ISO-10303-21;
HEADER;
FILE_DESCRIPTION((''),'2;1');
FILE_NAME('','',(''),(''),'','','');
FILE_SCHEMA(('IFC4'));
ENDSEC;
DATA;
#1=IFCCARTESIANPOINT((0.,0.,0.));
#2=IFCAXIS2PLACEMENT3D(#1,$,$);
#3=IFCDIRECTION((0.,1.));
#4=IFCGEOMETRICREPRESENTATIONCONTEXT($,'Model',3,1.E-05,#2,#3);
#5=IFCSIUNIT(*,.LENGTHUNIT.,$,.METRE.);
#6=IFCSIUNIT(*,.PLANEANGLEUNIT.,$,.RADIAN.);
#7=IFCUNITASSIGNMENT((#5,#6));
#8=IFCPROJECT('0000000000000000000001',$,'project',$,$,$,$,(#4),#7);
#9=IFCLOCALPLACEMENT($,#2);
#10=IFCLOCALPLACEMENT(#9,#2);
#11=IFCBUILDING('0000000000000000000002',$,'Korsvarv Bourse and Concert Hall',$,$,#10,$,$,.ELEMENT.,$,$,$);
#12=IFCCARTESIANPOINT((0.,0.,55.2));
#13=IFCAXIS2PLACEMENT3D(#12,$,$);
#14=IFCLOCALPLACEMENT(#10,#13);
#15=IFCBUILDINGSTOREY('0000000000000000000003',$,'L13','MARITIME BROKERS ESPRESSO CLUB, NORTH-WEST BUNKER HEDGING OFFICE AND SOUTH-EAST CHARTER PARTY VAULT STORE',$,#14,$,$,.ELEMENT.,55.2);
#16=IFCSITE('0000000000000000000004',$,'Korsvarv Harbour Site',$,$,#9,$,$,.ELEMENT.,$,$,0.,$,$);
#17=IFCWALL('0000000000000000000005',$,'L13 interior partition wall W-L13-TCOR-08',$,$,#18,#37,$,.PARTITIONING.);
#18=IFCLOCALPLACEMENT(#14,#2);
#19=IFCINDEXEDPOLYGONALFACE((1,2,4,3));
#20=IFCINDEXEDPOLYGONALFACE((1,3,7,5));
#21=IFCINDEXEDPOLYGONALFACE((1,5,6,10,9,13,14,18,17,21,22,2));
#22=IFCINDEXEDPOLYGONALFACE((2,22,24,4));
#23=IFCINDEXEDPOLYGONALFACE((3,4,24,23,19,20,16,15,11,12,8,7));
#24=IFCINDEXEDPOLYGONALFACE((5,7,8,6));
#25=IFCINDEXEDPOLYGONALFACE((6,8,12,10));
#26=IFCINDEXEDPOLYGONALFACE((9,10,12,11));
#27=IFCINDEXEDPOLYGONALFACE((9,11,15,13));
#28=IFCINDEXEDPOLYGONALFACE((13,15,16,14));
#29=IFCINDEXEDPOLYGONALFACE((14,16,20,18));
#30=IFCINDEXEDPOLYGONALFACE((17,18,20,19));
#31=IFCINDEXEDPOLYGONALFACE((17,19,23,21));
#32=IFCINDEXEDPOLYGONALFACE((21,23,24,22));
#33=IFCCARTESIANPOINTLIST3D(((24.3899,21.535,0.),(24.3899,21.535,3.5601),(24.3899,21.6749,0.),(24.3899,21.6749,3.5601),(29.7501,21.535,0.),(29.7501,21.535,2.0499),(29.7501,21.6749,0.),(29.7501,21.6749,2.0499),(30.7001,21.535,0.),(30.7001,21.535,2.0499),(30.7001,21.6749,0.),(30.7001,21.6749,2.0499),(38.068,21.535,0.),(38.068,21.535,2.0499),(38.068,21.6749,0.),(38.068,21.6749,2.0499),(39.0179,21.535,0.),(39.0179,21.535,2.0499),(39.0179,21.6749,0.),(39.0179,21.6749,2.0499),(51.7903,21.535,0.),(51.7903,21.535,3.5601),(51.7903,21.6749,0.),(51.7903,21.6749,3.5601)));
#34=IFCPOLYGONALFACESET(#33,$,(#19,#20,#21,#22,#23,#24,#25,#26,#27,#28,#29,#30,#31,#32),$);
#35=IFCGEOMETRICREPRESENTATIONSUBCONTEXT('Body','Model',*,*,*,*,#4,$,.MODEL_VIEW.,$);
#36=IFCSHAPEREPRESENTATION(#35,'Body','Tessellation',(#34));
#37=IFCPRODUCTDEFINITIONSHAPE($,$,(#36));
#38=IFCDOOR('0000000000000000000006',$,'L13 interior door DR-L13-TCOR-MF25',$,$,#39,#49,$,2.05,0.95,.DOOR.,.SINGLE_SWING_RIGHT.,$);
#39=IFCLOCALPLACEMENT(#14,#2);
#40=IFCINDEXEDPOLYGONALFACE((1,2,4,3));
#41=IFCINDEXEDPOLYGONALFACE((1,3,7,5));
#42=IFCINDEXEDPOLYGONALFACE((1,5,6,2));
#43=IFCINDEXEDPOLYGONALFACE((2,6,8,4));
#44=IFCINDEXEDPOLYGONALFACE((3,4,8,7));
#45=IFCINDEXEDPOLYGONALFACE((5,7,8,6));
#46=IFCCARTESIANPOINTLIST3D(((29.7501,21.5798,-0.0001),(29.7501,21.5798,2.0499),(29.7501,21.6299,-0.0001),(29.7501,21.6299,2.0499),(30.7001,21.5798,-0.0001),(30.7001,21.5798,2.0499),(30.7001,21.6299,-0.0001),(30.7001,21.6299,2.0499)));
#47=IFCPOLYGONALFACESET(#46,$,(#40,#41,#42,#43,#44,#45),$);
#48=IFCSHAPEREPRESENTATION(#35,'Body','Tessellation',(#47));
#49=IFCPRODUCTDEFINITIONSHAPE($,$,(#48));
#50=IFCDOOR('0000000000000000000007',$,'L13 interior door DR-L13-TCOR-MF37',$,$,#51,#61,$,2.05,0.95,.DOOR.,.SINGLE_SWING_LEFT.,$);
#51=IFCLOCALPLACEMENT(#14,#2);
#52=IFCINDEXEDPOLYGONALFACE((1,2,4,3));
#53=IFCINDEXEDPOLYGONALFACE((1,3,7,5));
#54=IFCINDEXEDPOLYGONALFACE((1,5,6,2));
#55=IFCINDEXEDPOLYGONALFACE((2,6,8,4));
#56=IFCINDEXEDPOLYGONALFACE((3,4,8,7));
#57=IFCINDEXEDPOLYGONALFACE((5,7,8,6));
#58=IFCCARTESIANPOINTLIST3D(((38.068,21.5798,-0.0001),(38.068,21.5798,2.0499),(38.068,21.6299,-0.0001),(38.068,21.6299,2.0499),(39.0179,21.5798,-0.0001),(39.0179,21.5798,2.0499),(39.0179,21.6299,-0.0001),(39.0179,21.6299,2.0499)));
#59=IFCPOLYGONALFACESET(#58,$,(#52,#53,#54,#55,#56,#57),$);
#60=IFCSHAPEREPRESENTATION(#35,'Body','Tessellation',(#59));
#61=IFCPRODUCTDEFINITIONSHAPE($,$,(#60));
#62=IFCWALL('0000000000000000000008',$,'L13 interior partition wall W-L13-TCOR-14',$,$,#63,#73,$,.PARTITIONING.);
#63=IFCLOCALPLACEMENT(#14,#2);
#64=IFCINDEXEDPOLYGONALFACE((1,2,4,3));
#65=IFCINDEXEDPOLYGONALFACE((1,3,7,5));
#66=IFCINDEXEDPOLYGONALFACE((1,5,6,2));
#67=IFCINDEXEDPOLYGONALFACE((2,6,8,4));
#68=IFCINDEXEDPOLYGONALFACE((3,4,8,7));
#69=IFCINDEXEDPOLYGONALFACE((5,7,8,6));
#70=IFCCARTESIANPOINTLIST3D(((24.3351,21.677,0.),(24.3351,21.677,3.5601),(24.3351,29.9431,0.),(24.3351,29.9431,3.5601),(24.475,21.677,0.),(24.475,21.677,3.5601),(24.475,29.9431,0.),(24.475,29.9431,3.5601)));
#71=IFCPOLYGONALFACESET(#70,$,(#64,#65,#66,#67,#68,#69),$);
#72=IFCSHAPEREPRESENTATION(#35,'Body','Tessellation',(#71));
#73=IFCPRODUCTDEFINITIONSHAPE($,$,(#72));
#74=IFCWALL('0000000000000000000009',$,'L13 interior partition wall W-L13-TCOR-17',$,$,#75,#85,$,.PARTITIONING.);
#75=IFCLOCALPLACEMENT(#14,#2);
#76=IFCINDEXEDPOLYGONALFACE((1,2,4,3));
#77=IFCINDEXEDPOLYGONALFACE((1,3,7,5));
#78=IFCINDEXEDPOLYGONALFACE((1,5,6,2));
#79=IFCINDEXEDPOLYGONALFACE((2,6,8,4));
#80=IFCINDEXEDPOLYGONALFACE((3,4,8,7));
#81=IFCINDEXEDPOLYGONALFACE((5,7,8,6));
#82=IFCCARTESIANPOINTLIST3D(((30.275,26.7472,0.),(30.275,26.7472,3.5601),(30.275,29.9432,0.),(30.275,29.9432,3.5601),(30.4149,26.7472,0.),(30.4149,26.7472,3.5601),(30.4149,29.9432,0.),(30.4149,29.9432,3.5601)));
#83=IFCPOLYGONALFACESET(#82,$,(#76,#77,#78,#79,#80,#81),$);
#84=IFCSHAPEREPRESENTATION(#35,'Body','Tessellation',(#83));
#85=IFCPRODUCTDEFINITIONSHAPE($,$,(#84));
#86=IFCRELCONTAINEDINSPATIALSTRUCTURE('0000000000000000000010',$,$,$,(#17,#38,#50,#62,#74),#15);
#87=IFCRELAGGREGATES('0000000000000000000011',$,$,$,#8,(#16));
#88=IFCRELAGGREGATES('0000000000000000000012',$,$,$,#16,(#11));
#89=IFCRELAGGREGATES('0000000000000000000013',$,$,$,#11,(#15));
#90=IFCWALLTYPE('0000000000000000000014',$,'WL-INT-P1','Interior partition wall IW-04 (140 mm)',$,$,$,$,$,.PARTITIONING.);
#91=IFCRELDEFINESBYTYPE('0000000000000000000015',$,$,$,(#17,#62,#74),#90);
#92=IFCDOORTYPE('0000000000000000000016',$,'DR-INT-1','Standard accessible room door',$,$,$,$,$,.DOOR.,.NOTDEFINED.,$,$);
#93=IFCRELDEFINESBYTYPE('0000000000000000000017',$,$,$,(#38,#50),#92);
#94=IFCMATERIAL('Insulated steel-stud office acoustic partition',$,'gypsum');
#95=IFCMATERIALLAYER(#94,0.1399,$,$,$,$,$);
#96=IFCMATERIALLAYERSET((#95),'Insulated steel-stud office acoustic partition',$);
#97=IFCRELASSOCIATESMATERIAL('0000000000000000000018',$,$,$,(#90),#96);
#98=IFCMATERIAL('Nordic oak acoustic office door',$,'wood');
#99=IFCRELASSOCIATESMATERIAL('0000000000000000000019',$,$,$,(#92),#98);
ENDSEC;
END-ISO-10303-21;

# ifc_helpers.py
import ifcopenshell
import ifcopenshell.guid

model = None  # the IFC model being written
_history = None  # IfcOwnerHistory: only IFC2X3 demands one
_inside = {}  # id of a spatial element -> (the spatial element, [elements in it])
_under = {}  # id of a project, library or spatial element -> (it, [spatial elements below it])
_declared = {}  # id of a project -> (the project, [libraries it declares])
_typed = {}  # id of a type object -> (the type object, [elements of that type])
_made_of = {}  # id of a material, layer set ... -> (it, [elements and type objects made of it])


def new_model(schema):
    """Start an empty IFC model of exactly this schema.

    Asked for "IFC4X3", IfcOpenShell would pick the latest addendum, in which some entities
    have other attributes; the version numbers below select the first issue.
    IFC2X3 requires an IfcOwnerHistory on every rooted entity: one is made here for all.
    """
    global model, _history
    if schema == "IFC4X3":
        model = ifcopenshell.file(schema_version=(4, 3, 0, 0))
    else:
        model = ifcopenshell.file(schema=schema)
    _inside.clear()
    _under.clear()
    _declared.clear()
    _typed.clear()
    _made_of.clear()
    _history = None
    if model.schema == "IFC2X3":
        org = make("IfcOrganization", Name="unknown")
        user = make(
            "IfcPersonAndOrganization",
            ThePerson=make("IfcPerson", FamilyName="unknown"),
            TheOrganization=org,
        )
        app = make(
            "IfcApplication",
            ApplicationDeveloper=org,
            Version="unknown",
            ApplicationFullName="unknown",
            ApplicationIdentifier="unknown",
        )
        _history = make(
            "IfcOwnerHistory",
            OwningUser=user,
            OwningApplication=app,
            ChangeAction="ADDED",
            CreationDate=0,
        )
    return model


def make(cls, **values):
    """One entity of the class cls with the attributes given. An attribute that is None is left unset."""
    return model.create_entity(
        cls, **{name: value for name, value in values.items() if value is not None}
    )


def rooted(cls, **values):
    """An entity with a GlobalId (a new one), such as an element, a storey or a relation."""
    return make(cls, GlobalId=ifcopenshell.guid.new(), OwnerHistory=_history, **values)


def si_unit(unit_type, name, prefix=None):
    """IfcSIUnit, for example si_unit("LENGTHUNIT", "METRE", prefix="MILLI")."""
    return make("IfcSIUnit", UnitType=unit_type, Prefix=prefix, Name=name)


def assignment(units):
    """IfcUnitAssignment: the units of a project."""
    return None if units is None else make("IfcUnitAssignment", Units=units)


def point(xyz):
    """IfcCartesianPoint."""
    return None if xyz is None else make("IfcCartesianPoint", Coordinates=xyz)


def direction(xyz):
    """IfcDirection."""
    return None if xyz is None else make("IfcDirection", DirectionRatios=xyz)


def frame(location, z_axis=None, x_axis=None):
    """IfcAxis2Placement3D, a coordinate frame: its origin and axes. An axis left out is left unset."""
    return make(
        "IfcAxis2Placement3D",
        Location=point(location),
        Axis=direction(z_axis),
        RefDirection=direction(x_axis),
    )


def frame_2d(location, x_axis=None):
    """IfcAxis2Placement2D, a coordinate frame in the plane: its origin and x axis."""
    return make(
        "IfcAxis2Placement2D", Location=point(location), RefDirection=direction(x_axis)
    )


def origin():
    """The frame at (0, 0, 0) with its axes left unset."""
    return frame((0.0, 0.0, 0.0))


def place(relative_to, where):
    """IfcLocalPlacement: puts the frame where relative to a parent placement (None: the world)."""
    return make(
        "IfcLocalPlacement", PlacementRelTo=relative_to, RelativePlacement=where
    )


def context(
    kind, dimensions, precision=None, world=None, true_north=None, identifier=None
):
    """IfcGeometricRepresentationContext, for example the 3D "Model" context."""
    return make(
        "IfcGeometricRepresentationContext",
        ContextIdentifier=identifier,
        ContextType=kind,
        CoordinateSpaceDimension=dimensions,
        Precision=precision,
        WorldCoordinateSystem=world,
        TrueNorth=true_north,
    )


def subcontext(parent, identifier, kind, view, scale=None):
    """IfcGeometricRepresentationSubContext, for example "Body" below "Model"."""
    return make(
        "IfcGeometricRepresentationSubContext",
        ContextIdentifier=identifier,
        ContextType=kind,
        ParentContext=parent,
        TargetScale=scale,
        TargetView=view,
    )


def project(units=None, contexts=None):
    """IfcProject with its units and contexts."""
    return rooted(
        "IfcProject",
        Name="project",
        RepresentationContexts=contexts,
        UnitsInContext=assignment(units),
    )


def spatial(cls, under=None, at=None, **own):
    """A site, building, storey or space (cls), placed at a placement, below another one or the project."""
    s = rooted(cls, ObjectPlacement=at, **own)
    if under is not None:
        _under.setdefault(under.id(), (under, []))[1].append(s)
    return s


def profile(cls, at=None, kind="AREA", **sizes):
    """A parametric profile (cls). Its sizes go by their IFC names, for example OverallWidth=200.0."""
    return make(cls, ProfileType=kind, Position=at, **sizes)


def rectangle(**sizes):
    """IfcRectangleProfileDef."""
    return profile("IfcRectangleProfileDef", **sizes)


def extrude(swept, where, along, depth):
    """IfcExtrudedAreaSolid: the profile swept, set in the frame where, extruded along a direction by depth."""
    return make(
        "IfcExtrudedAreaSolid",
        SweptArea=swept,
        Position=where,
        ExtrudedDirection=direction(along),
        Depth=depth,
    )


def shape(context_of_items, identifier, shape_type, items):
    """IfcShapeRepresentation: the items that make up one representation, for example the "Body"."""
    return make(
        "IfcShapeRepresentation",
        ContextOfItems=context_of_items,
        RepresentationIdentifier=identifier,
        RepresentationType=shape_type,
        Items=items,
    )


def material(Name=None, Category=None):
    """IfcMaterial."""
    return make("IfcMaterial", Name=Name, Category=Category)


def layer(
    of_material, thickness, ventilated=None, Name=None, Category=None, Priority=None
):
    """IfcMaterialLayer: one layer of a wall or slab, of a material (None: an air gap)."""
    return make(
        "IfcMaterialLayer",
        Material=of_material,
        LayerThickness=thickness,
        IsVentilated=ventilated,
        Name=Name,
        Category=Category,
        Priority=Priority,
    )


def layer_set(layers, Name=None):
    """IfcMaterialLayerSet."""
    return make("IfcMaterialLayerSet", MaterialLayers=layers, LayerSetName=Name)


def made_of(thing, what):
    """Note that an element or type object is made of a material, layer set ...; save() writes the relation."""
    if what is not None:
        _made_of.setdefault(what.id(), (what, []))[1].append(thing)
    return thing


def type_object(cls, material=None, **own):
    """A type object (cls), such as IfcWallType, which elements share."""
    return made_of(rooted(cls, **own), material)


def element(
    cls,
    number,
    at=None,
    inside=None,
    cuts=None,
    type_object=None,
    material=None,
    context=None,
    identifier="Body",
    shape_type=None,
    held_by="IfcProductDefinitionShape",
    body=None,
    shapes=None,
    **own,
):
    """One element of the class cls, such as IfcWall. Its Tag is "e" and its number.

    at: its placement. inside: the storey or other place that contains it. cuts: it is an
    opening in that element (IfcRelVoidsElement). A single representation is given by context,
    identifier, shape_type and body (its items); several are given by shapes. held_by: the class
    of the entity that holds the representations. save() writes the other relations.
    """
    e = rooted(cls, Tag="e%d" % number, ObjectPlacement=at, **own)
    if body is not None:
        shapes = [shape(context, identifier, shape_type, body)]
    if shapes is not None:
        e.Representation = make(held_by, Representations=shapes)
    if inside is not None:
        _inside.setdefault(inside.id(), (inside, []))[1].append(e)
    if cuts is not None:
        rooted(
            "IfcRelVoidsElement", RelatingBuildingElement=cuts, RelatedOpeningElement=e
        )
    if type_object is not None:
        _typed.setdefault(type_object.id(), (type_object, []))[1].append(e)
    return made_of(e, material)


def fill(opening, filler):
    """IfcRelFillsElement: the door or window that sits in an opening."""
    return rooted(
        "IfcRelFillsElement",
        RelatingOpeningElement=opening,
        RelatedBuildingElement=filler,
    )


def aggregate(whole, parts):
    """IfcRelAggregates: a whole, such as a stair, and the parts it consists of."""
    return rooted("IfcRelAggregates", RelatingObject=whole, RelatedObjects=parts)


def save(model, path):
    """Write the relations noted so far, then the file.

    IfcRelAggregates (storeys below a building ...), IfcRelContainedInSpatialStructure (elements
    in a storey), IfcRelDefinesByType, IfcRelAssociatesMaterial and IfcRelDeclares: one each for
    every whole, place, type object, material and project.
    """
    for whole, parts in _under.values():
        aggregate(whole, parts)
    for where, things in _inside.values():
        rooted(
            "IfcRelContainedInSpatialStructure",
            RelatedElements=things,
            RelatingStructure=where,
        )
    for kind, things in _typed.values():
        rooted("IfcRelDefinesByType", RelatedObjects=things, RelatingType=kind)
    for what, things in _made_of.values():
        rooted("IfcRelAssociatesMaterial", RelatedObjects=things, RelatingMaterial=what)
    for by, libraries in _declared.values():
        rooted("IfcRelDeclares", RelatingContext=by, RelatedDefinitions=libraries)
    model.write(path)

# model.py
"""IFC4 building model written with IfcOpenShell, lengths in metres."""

from ifc_helpers import new_model, si_unit, direction, frame, frame_2d, origin, place, context, subcontext, project, spatial, rectangle, extrude, material, layer, layer_set, type_object, element, fill, save


model = new_model("IFC4")

# Units and contexts
model_context = context("Model", 3, precision=1e-05, world=origin(), true_north=direction((0.0, 1.0)))
body_context = subcontext(model_context, "Body", "Model", "MODEL_VIEW")
ifc_project = project(units=[si_unit("LENGTHUNIT", "METRE"), si_unit("PLANEANGLEUNIT", "RADIAN")], contexts=[model_context])

# Site, building, storey
site_placement = place(None, origin())
site = spatial("IfcSite", under=ifc_project, at=site_placement, Name="Korsvarv Harbour Site", CompositionType="ELEMENT", RefElevation=0.0)
building_placement = place(site_placement, origin())
building = spatial("IfcBuilding", under=site, at=building_placement, Name="Korsvarv Bourse and Concert Hall", CompositionType="ELEMENT")
storey_placement = place(building_placement, frame((0.0, 0.0, 55.2)))
storey = spatial("IfcBuildingStorey", under=building, at=storey_placement, Name="L13", Description="MARITIME BROKERS ESPRESSO CLUB, NORTH-WEST BUNKER HEDGING OFFICE AND SOUTH-EAST CHARTER PARTY VAULT STORE", CompositionType="ELEMENT", Elevation=55.2)

# Wall, openings, doors
ifc_material_1 = material(Name="Insulated steel-stud office acoustic partition", Category="gypsum")
ifc_layer_1 = layer(ifc_material_1, 0.1399)
ifc_layer_set_1 = layer_set([ifc_layer_1], Name="Insulated steel-stud office acoustic partition")
wall_type_1 = type_object("IfcWallType", Name="WL-INT-P1", Description="Interior partition wall IW-04 (140 mm)", PredefinedType="PARTITIONING", material=ifc_layer_set_1)
wall_1_placement = place(storey_placement, frame((24.3899, 21.605, 0.0), z_axis=(0.0, 0.0, 1.0), x_axis=(1.0, 0.0, 0.0)))
wall_1 = element("IfcWall", 1, at=wall_1_placement, inside=storey, type_object=wall_type_1, Name="L13 interior partition wall W-L13-TCOR-08", PredefinedType="PARTITIONING", context=body_context, shape_type="SweptSolid", body=[
    extrude(rectangle(XDim=27.4004, YDim=0.1399, at=frame_2d((13.7002, 0.0))), origin(), (0.0, 0.0, 1.0), 3.5601),
])
opening_1_placement = place(wall_1_placement, frame((5.3601, 0.0, 0.0)))
opening_1 = element("IfcOpeningElement", 2, at=opening_1_placement, cuts=wall_1, PredefinedType="OPENING", context=body_context, shape_type="SweptSolid", body=[
    extrude(rectangle(XDim=0.95, YDim=2.05, at=frame_2d((0.4751, 1.0249))), frame((0.0, 0.0801, 0.0), z_axis=(0.0, -1.0, 0.0), x_axis=(1.0, 0.0, 0.0)), (0.0, 0.0, 1.0), 0.1599),
])
opening_2_placement = place(wall_1_placement, frame((13.678, 0.0, 0.0)))
opening_2 = element("IfcOpeningElement", 3, at=opening_2_placement, cuts=wall_1, PredefinedType="OPENING", context=body_context, shape_type="SweptSolid", body=[
    extrude(rectangle(XDim=0.95, YDim=2.05, at=frame_2d((0.4751, 1.0249))), frame((0.0, 0.0801, 0.0), z_axis=(0.0, -1.0, 0.0), x_axis=(1.0, 0.0, 0.0)), (0.0, 0.0, 1.0), 0.1599),
])
ifc_material_2 = material(Name="Nordic oak acoustic office door", Category="wood")
door_type = type_object("IfcDoorType", Name="DR-INT-1", Description="Standard accessible room door", OperationType="NOTDEFINED", PredefinedType="DOOR", material=ifc_material_2)
door_1_placement = place(opening_1_placement, origin())
door_1 = element("IfcDoor", 4, at=door_1_placement, inside=storey, type_object=door_type, Name="L13 interior door DR-L13-TCOR-MF25", OperationType="SINGLE_SWING_RIGHT", OverallHeight=2.05, OverallWidth=0.95, PredefinedType="DOOR", context=body_context, shape_type="SweptSolid", body=[
    extrude(rectangle(XDim=0.95, YDim=2.05, at=frame_2d((0.4751, 1.0249))), frame((0.0, 0.0249, 0.0), z_axis=(0.0, -1.0, 0.0), x_axis=(1.0, 0.0, 0.0)), (0.0, 0.0, 1.0), 0.05),
])
fill(opening_1, door_1)
door_2_placement = place(opening_2_placement, origin())
door_2 = element("IfcDoor", 5, at=door_2_placement, inside=storey, type_object=door_type, Name="L13 interior door DR-L13-TCOR-MF37", OperationType="SINGLE_SWING_LEFT", OverallHeight=2.05, OverallWidth=0.95, PredefinedType="DOOR", context=body_context, shape_type="SweptSolid", body=[
    extrude(rectangle(XDim=0.95, YDim=2.05, at=frame_2d((0.4751, 1.0249))), frame((0.0, 0.0249, 0.0), z_axis=(0.0, -1.0, 0.0), x_axis=(1.0, 0.0, 0.0)), (0.0, 0.0, 1.0), 0.05),
])
fill(opening_2, door_2)

# Walls
wall_2_placement = place(storey_placement, frame((24.405, 21.677, 0.0), z_axis=(0.0, 0.0, 1.0), x_axis=(0.0, 1.0, 0.0)))
element("IfcWall", 6, at=wall_2_placement, inside=storey, type_object=wall_type_1, Name="L13 interior partition wall W-L13-TCOR-14", PredefinedType="PARTITIONING", context=body_context, shape_type="SweptSolid", body=[
    extrude(rectangle(XDim=8.2661, YDim=0.1399, at=frame_2d((4.1331, 0.0))), origin(), (0.0, 0.0, 1.0), 3.5601),
])
wall_3_placement = place(storey_placement, frame((30.345, 26.7471, 0.0), z_axis=(0.0, 0.0, 1.0), x_axis=(0.0, 1.0, 0.0)))
element("IfcWall", 7, at=wall_3_placement, inside=storey, type_object=wall_type_1, Name="L13 interior partition wall W-L13-TCOR-17", PredefinedType="PARTITIONING", context=body_context, shape_type="SweptSolid", body=[
    extrude(rectangle(XDim=3.196, YDim=0.1399, at=frame_2d((1.5981, 0.0))), origin(), (0.0, 0.0, 1.0), 3.5601),
])

save(model, "model.ifc")
